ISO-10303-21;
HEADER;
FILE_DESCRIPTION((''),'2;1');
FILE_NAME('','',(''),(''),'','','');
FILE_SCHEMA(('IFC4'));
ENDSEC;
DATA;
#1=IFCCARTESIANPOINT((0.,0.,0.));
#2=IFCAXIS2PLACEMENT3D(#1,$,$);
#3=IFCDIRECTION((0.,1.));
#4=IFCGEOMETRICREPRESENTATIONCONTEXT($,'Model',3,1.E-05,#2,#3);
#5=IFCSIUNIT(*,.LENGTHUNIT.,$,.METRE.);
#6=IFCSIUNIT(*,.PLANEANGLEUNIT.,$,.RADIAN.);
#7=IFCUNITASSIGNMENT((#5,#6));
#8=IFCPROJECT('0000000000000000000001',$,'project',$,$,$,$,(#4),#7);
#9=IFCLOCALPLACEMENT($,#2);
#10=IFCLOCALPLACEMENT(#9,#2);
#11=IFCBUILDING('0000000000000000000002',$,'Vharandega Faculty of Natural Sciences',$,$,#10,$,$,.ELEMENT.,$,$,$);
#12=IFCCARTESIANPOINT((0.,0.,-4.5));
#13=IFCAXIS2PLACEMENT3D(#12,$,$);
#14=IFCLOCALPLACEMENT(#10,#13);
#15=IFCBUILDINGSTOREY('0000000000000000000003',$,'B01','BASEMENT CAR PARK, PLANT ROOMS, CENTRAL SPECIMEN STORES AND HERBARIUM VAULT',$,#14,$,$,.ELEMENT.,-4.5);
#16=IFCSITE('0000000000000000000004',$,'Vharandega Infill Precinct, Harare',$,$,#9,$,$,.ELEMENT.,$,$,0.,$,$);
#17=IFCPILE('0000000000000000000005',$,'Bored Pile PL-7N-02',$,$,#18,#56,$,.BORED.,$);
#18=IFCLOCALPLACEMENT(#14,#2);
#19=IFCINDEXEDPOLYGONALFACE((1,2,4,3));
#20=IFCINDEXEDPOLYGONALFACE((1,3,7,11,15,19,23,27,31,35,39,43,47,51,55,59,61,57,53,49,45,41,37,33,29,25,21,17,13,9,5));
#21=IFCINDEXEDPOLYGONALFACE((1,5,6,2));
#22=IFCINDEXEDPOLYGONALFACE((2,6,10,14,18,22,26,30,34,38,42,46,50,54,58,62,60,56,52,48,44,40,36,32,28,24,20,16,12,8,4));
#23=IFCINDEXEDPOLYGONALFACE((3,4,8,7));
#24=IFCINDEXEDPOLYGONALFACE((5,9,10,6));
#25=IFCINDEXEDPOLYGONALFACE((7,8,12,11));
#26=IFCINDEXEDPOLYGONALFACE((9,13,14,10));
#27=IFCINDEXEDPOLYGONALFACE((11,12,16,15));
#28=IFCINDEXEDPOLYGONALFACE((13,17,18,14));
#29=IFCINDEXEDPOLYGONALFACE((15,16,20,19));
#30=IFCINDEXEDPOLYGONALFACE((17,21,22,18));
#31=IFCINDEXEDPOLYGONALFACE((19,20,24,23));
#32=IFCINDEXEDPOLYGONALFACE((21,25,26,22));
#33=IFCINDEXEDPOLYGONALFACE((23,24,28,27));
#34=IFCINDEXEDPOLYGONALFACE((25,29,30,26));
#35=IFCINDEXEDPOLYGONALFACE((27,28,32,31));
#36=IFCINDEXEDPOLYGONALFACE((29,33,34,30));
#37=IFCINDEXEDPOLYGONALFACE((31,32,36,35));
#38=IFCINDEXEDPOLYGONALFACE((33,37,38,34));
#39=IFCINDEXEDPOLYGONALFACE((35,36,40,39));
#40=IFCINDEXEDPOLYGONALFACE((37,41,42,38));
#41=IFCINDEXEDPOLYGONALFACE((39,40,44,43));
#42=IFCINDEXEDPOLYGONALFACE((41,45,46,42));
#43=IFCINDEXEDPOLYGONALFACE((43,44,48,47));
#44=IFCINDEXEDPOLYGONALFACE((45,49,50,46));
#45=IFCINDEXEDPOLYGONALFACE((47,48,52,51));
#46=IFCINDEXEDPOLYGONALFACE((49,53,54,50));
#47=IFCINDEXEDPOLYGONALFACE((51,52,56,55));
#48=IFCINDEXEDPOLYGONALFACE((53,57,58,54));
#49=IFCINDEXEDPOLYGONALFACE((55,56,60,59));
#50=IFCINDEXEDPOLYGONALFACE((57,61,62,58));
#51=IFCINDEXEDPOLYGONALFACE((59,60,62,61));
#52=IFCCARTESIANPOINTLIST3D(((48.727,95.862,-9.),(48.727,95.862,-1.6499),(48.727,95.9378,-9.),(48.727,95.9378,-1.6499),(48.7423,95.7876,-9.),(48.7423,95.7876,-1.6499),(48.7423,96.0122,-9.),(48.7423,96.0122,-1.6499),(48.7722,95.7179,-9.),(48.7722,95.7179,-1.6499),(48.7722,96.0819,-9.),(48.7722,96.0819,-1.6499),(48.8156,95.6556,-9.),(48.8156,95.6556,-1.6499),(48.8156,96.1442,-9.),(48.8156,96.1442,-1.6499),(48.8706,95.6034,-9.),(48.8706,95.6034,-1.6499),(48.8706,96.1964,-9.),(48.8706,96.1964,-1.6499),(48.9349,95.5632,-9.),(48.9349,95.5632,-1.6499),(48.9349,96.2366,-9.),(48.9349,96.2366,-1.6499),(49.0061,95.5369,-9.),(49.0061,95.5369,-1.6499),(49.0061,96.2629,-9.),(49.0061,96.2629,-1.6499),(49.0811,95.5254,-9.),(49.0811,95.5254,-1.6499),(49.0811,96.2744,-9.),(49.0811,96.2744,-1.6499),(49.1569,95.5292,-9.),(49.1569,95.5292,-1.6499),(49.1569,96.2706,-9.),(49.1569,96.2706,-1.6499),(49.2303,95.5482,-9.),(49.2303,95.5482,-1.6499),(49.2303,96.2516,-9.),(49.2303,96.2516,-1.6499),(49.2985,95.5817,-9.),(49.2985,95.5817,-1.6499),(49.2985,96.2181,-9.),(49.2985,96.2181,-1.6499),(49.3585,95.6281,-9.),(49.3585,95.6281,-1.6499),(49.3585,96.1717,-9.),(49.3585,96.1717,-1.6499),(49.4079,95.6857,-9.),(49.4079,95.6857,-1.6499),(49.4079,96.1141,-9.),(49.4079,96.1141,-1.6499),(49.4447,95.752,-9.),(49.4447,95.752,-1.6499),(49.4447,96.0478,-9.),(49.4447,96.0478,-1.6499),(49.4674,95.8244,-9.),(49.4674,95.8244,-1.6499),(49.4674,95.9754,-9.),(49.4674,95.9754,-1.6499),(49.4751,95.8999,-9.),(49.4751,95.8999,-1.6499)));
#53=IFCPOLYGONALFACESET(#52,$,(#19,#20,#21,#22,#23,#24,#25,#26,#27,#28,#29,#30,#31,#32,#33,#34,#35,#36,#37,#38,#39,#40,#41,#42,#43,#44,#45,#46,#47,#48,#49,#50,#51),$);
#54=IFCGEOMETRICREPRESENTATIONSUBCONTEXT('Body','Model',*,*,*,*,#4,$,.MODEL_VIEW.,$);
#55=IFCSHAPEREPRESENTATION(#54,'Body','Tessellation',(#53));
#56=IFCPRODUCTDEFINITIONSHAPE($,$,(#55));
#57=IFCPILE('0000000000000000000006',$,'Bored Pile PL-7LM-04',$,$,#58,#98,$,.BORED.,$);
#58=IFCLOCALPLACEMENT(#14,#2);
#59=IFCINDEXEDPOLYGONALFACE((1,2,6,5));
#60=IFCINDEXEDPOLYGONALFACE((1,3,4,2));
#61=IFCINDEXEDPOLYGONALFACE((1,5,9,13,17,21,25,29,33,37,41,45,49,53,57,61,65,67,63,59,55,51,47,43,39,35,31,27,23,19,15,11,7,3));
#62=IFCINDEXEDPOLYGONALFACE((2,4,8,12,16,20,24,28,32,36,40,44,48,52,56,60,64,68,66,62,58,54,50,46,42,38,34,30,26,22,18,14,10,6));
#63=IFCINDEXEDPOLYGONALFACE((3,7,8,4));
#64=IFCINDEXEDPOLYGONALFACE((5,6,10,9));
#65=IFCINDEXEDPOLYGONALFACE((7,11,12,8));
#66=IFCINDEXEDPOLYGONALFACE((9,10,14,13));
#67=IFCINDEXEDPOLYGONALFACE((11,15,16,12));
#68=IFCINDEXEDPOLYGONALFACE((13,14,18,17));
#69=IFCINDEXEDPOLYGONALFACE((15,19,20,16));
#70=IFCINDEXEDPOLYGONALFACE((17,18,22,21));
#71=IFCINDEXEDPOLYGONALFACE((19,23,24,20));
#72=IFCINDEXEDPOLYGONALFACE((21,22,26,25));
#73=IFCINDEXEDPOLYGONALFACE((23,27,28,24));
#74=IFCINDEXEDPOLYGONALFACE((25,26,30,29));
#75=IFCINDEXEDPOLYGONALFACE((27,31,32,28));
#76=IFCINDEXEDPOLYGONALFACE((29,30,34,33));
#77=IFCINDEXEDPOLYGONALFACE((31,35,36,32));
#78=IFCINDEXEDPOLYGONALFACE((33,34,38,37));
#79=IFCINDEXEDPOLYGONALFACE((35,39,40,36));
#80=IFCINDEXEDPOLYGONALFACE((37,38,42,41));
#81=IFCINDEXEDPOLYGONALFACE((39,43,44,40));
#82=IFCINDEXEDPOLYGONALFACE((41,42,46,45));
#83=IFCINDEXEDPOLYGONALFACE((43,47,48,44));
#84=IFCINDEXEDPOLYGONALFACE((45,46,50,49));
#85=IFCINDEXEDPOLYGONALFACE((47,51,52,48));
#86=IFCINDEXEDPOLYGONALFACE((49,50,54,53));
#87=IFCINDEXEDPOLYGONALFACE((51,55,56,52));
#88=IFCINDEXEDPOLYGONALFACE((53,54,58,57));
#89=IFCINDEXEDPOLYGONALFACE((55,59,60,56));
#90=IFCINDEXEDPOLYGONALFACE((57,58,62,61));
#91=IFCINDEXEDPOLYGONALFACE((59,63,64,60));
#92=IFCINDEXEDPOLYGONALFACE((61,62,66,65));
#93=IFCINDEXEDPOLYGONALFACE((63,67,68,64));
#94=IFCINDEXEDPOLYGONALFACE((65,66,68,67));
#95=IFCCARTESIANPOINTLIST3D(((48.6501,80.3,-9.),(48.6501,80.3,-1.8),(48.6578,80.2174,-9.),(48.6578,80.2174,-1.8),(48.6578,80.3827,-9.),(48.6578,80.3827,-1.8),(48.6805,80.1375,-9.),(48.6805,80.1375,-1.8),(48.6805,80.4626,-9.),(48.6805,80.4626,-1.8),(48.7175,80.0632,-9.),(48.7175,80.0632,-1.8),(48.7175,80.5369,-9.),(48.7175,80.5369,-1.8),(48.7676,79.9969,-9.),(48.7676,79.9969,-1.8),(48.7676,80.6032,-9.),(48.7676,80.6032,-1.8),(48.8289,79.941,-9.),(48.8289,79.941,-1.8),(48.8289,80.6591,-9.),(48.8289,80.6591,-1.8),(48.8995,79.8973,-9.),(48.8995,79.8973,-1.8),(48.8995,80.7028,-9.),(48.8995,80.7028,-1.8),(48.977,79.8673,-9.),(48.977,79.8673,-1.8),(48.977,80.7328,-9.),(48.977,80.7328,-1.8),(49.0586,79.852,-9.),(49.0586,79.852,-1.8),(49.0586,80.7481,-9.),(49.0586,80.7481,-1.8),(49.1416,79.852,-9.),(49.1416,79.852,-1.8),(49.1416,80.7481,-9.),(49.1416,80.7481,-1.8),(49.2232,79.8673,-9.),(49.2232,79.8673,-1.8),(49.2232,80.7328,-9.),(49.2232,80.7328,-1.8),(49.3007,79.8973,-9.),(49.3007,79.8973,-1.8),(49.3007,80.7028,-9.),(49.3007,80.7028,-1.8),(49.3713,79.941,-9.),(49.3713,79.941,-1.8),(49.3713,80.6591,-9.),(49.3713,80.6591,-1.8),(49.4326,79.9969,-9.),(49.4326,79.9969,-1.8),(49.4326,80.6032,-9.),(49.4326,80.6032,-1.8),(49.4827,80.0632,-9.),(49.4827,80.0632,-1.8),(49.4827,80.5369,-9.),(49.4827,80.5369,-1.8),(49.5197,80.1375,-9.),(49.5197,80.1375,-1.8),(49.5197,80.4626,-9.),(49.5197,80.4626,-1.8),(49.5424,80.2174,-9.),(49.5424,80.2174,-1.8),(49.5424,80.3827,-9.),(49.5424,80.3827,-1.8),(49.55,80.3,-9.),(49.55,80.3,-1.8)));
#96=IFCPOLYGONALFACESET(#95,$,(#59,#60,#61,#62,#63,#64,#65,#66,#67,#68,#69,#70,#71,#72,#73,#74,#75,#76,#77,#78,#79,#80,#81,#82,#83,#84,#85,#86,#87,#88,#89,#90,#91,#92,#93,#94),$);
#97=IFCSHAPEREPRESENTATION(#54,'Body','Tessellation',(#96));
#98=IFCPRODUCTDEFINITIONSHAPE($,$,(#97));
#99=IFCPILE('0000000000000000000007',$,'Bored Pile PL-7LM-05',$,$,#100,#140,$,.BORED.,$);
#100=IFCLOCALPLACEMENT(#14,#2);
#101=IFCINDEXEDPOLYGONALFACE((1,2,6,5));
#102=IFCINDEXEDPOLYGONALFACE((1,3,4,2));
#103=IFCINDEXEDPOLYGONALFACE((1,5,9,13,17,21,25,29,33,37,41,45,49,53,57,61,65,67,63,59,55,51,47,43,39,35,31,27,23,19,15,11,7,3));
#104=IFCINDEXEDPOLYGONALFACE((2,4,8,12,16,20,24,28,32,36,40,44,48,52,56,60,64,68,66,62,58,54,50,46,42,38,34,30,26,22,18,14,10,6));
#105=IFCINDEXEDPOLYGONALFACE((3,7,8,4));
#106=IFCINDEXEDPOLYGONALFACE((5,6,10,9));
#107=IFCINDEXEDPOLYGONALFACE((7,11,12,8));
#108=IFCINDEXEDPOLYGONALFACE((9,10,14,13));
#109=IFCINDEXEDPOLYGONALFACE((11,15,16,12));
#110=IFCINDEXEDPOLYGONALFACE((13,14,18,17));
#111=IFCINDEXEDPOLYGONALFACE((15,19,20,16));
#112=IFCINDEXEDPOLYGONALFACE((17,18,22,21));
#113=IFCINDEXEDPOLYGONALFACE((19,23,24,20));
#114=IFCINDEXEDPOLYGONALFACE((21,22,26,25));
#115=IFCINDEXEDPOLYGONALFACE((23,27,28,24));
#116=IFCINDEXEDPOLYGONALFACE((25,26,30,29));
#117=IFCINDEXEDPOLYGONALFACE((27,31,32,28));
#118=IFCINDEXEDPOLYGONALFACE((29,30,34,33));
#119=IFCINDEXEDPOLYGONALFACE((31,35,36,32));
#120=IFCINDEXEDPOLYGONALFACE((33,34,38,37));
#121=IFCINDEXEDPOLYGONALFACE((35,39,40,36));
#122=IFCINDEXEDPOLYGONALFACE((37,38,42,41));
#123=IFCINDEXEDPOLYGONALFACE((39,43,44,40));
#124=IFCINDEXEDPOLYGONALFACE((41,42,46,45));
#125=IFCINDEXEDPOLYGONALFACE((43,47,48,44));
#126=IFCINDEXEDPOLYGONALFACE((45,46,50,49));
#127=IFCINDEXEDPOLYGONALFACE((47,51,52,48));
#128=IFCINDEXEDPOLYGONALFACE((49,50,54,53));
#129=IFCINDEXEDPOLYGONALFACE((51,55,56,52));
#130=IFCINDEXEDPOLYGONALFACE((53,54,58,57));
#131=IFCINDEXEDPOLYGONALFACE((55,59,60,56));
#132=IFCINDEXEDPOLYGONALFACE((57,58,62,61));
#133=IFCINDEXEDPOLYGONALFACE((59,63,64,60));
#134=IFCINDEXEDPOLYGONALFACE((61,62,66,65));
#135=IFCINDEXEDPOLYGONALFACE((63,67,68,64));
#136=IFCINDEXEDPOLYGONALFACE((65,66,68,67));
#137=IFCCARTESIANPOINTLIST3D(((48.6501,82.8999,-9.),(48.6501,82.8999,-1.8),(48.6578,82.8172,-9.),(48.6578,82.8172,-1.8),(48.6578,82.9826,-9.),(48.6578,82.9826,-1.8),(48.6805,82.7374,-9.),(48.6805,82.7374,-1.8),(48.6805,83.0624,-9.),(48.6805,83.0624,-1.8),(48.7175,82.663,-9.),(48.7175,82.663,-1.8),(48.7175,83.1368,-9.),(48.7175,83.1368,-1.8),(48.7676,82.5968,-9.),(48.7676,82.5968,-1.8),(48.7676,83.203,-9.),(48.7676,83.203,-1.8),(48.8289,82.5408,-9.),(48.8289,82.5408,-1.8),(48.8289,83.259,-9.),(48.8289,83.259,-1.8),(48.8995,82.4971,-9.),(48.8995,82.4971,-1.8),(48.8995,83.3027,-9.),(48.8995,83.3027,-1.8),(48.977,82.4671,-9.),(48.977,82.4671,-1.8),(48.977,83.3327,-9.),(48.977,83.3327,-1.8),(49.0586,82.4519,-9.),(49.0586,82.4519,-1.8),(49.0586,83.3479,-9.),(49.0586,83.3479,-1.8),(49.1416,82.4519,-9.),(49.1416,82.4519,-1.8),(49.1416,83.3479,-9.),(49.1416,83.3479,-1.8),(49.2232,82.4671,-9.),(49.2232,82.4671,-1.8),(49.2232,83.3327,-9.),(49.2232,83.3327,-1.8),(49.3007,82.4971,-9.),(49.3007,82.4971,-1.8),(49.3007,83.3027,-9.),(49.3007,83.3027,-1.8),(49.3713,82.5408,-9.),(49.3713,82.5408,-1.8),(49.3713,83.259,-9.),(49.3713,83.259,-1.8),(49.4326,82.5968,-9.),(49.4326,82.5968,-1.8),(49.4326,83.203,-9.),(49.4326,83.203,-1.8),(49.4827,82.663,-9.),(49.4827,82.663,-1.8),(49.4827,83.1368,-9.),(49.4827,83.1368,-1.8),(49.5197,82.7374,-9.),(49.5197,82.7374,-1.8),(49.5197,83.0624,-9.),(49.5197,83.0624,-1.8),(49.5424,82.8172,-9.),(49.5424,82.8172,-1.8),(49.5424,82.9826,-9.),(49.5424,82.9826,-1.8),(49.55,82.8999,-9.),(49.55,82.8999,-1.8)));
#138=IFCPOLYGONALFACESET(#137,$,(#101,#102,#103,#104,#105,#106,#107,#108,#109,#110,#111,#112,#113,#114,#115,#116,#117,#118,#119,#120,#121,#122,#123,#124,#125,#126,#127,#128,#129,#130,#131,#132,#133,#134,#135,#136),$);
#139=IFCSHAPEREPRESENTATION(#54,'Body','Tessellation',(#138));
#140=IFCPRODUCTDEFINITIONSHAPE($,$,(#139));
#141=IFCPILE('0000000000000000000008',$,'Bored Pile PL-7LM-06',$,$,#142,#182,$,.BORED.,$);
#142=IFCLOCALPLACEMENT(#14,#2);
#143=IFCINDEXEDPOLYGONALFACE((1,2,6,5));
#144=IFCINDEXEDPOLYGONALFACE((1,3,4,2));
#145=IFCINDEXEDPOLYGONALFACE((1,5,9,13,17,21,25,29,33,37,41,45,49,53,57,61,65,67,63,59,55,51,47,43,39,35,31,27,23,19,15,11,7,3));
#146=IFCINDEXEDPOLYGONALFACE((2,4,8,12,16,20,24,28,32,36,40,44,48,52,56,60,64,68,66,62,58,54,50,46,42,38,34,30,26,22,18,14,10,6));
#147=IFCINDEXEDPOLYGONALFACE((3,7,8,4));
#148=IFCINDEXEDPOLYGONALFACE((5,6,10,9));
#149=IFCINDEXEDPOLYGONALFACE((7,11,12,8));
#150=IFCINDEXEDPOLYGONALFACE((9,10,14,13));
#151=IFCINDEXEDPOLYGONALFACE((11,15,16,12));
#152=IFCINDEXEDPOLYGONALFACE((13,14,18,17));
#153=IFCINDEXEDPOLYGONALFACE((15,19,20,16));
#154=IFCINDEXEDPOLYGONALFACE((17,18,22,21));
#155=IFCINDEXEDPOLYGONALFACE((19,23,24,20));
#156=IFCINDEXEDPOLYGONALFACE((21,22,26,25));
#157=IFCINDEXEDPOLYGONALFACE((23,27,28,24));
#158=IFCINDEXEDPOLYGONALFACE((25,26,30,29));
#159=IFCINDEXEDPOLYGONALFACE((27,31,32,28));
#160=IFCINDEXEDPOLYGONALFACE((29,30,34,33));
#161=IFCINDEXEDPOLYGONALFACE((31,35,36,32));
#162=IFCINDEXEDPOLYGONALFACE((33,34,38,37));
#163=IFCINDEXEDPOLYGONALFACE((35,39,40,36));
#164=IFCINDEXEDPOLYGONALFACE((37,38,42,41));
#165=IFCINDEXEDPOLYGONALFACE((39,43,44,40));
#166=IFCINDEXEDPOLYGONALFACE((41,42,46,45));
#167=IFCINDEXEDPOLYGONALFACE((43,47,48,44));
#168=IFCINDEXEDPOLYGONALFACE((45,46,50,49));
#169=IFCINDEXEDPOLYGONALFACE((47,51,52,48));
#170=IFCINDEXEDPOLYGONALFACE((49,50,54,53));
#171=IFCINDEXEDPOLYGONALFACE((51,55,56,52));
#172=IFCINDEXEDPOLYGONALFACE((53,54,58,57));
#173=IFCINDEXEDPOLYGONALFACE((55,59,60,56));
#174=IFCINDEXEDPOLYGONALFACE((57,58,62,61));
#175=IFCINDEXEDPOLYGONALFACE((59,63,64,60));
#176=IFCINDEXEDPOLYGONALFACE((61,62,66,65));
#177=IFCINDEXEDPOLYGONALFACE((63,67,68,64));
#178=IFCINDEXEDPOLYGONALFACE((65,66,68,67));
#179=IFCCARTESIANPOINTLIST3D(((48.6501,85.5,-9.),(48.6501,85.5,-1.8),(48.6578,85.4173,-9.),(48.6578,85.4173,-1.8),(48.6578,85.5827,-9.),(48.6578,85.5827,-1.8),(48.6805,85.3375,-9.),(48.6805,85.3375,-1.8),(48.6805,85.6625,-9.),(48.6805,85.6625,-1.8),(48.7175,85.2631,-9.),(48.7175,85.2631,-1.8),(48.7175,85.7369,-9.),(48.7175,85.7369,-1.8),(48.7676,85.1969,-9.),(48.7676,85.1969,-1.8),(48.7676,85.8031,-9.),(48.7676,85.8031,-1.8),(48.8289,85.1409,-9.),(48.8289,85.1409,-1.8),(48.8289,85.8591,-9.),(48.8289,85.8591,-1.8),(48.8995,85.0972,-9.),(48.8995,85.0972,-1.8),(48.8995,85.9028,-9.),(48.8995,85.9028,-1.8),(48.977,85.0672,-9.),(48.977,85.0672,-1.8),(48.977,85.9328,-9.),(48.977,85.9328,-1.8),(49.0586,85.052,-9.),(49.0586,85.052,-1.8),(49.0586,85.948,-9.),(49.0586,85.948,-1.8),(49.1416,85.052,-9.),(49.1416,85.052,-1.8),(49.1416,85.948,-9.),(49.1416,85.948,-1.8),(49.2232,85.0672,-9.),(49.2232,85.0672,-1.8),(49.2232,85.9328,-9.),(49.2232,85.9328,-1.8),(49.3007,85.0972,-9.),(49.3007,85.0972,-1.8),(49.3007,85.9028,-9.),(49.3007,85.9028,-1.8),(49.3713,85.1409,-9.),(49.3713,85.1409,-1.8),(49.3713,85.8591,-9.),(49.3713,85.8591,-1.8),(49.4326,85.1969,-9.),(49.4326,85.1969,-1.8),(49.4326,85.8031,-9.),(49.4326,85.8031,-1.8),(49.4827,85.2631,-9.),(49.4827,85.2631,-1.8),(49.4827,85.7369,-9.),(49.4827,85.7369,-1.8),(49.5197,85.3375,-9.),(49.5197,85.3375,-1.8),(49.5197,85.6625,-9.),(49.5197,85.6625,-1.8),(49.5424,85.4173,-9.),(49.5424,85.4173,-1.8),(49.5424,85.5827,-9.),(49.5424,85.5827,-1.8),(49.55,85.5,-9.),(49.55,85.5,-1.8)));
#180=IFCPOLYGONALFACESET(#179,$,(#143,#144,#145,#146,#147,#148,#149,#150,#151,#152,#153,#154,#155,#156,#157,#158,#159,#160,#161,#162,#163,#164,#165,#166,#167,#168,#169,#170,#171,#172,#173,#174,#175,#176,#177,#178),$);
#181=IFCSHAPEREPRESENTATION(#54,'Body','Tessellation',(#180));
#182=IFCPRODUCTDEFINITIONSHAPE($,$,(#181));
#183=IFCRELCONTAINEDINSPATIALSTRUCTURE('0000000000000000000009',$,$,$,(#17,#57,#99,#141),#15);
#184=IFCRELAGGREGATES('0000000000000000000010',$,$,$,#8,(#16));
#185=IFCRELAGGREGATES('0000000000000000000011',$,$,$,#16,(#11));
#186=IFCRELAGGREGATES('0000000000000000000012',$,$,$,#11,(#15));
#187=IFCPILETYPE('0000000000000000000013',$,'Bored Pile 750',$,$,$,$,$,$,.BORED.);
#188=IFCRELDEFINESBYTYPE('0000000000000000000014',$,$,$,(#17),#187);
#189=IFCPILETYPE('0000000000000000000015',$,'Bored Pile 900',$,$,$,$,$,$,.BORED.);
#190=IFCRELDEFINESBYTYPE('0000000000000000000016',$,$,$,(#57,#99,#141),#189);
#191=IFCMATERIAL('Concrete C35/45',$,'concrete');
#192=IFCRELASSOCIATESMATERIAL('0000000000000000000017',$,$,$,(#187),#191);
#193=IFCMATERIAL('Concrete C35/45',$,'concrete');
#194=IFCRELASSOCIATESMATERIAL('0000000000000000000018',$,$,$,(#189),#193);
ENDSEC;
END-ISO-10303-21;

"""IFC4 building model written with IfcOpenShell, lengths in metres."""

from ifc_helpers import new_model, si_unit, direction, frame, origin, origin_2d, place, context, subcontext, project, spatial, circle, extrude, material, material_profile, profile_set, type_object, element, save


model = new_model("IFC4")

# Units and contexts
model_context = context("Model", 3, precision=1e-05, world=origin(), true_north=direction((0.0, 1.0)))
body_context = subcontext(model_context, "Body", "Model", "MODEL_VIEW")
ifc_project = project(units=[si_unit("LENGTHUNIT", "METRE"), si_unit("PLANEANGLEUNIT", "RADIAN")], contexts=[model_context])

# Site, building, storey
site_placement = place(None, origin())
site = spatial("IfcSite", under=ifc_project, at=site_placement, Name="Vharandega Infill Precinct, Harare", CompositionType="ELEMENT", RefElevation=0.0)
building_placement = place(site_placement, origin())
building = spatial("IfcBuilding", under=site, at=building_placement, Name="Vharandega Faculty of Natural Sciences", CompositionType="ELEMENT")
storey_placement = place(building_placement, frame((0.0, 0.0, -4.5)))
storey = spatial("IfcBuildingStorey", under=building, at=storey_placement, Name="B01", Description="BASEMENT CAR PARK, PLANT ROOMS, CENTRAL SPECIMEN STORES AND HERBARIUM VAULT", CompositionType="ELEMENT", Elevation=-4.5)

# Piles
ifc_material_1 = material(Name="Concrete C35/45", Category="concrete")
ifc_material_profile_1 = material_profile(ifc_material_1, circle(Radius=0.375, at=origin_2d()), Name="PILE 750")
ifc_profile_set_1 = profile_set([ifc_material_profile_1], Name="Concrete C35/45")
pile_type_1 = type_object("IfcPileType", Name="Bored Pile 750", PredefinedType="BORED", material=ifc_profile_set_1)
pile_1_placement = place(storey_placement, frame((49.1001, 95.8999, -1.6499), z_axis=(0.0, 0.0, -1.0), x_axis=(1.0, 0.0, 0.0)))
element("IfcPile", 1, at=pile_1_placement, inside=storey, type_object=pile_type_1, Name="Bored Pile PL-7N-02", PredefinedType="BORED", context=body_context, shape_type="SweptSolid", body=[
    extrude(circle(Radius=0.375, at=origin_2d()), origin(), (0.0, 0.0, 1.0), 7.3501),
])
ifc_material_2 = material(Name="Concrete C35/45", Category="concrete")
ifc_material_profile_2 = material_profile(ifc_material_2, circle(Radius=0.45, at=origin_2d()), Name="PILE 900")
ifc_profile_set_2 = profile_set([ifc_material_profile_2], Name="Concrete C35/45")
pile_type_2 = type_object("IfcPileType", Name="Bored Pile 900", PredefinedType="BORED", material=ifc_profile_set_2)
for number, where, z_axis, x_axis, name in (
    (2, (49.1001, 80.3, -1.8), (0.0, 0.0, -1.0), (1.0, 0.0, 0.0), "Bored Pile PL-7LM-04"),
    (3, (49.1001, 82.8999, -1.8), (0.0, 0.0, -1.0), (1.0, 0.0, 0.0), "Bored Pile PL-7LM-05"),
    (4, (49.1001, 85.5, -1.8), (0.0, 0.0, -1.0), (1.0, 0.0, 0.0), "Bored Pile PL-7LM-06"),
):
    element("IfcPile", number, at=place(storey_placement, frame(where, z_axis=z_axis, x_axis=x_axis)), inside=storey, type_object=pile_type_2, Name=name, PredefinedType="BORED", context=body_context, shape_type="SweptSolid", body=[
        extrude(circle(Radius=0.45, at=origin_2d()), origin(), (0.0, 0.0, 1.0), 7.2),
    ])

save(model, "model.ifc")
